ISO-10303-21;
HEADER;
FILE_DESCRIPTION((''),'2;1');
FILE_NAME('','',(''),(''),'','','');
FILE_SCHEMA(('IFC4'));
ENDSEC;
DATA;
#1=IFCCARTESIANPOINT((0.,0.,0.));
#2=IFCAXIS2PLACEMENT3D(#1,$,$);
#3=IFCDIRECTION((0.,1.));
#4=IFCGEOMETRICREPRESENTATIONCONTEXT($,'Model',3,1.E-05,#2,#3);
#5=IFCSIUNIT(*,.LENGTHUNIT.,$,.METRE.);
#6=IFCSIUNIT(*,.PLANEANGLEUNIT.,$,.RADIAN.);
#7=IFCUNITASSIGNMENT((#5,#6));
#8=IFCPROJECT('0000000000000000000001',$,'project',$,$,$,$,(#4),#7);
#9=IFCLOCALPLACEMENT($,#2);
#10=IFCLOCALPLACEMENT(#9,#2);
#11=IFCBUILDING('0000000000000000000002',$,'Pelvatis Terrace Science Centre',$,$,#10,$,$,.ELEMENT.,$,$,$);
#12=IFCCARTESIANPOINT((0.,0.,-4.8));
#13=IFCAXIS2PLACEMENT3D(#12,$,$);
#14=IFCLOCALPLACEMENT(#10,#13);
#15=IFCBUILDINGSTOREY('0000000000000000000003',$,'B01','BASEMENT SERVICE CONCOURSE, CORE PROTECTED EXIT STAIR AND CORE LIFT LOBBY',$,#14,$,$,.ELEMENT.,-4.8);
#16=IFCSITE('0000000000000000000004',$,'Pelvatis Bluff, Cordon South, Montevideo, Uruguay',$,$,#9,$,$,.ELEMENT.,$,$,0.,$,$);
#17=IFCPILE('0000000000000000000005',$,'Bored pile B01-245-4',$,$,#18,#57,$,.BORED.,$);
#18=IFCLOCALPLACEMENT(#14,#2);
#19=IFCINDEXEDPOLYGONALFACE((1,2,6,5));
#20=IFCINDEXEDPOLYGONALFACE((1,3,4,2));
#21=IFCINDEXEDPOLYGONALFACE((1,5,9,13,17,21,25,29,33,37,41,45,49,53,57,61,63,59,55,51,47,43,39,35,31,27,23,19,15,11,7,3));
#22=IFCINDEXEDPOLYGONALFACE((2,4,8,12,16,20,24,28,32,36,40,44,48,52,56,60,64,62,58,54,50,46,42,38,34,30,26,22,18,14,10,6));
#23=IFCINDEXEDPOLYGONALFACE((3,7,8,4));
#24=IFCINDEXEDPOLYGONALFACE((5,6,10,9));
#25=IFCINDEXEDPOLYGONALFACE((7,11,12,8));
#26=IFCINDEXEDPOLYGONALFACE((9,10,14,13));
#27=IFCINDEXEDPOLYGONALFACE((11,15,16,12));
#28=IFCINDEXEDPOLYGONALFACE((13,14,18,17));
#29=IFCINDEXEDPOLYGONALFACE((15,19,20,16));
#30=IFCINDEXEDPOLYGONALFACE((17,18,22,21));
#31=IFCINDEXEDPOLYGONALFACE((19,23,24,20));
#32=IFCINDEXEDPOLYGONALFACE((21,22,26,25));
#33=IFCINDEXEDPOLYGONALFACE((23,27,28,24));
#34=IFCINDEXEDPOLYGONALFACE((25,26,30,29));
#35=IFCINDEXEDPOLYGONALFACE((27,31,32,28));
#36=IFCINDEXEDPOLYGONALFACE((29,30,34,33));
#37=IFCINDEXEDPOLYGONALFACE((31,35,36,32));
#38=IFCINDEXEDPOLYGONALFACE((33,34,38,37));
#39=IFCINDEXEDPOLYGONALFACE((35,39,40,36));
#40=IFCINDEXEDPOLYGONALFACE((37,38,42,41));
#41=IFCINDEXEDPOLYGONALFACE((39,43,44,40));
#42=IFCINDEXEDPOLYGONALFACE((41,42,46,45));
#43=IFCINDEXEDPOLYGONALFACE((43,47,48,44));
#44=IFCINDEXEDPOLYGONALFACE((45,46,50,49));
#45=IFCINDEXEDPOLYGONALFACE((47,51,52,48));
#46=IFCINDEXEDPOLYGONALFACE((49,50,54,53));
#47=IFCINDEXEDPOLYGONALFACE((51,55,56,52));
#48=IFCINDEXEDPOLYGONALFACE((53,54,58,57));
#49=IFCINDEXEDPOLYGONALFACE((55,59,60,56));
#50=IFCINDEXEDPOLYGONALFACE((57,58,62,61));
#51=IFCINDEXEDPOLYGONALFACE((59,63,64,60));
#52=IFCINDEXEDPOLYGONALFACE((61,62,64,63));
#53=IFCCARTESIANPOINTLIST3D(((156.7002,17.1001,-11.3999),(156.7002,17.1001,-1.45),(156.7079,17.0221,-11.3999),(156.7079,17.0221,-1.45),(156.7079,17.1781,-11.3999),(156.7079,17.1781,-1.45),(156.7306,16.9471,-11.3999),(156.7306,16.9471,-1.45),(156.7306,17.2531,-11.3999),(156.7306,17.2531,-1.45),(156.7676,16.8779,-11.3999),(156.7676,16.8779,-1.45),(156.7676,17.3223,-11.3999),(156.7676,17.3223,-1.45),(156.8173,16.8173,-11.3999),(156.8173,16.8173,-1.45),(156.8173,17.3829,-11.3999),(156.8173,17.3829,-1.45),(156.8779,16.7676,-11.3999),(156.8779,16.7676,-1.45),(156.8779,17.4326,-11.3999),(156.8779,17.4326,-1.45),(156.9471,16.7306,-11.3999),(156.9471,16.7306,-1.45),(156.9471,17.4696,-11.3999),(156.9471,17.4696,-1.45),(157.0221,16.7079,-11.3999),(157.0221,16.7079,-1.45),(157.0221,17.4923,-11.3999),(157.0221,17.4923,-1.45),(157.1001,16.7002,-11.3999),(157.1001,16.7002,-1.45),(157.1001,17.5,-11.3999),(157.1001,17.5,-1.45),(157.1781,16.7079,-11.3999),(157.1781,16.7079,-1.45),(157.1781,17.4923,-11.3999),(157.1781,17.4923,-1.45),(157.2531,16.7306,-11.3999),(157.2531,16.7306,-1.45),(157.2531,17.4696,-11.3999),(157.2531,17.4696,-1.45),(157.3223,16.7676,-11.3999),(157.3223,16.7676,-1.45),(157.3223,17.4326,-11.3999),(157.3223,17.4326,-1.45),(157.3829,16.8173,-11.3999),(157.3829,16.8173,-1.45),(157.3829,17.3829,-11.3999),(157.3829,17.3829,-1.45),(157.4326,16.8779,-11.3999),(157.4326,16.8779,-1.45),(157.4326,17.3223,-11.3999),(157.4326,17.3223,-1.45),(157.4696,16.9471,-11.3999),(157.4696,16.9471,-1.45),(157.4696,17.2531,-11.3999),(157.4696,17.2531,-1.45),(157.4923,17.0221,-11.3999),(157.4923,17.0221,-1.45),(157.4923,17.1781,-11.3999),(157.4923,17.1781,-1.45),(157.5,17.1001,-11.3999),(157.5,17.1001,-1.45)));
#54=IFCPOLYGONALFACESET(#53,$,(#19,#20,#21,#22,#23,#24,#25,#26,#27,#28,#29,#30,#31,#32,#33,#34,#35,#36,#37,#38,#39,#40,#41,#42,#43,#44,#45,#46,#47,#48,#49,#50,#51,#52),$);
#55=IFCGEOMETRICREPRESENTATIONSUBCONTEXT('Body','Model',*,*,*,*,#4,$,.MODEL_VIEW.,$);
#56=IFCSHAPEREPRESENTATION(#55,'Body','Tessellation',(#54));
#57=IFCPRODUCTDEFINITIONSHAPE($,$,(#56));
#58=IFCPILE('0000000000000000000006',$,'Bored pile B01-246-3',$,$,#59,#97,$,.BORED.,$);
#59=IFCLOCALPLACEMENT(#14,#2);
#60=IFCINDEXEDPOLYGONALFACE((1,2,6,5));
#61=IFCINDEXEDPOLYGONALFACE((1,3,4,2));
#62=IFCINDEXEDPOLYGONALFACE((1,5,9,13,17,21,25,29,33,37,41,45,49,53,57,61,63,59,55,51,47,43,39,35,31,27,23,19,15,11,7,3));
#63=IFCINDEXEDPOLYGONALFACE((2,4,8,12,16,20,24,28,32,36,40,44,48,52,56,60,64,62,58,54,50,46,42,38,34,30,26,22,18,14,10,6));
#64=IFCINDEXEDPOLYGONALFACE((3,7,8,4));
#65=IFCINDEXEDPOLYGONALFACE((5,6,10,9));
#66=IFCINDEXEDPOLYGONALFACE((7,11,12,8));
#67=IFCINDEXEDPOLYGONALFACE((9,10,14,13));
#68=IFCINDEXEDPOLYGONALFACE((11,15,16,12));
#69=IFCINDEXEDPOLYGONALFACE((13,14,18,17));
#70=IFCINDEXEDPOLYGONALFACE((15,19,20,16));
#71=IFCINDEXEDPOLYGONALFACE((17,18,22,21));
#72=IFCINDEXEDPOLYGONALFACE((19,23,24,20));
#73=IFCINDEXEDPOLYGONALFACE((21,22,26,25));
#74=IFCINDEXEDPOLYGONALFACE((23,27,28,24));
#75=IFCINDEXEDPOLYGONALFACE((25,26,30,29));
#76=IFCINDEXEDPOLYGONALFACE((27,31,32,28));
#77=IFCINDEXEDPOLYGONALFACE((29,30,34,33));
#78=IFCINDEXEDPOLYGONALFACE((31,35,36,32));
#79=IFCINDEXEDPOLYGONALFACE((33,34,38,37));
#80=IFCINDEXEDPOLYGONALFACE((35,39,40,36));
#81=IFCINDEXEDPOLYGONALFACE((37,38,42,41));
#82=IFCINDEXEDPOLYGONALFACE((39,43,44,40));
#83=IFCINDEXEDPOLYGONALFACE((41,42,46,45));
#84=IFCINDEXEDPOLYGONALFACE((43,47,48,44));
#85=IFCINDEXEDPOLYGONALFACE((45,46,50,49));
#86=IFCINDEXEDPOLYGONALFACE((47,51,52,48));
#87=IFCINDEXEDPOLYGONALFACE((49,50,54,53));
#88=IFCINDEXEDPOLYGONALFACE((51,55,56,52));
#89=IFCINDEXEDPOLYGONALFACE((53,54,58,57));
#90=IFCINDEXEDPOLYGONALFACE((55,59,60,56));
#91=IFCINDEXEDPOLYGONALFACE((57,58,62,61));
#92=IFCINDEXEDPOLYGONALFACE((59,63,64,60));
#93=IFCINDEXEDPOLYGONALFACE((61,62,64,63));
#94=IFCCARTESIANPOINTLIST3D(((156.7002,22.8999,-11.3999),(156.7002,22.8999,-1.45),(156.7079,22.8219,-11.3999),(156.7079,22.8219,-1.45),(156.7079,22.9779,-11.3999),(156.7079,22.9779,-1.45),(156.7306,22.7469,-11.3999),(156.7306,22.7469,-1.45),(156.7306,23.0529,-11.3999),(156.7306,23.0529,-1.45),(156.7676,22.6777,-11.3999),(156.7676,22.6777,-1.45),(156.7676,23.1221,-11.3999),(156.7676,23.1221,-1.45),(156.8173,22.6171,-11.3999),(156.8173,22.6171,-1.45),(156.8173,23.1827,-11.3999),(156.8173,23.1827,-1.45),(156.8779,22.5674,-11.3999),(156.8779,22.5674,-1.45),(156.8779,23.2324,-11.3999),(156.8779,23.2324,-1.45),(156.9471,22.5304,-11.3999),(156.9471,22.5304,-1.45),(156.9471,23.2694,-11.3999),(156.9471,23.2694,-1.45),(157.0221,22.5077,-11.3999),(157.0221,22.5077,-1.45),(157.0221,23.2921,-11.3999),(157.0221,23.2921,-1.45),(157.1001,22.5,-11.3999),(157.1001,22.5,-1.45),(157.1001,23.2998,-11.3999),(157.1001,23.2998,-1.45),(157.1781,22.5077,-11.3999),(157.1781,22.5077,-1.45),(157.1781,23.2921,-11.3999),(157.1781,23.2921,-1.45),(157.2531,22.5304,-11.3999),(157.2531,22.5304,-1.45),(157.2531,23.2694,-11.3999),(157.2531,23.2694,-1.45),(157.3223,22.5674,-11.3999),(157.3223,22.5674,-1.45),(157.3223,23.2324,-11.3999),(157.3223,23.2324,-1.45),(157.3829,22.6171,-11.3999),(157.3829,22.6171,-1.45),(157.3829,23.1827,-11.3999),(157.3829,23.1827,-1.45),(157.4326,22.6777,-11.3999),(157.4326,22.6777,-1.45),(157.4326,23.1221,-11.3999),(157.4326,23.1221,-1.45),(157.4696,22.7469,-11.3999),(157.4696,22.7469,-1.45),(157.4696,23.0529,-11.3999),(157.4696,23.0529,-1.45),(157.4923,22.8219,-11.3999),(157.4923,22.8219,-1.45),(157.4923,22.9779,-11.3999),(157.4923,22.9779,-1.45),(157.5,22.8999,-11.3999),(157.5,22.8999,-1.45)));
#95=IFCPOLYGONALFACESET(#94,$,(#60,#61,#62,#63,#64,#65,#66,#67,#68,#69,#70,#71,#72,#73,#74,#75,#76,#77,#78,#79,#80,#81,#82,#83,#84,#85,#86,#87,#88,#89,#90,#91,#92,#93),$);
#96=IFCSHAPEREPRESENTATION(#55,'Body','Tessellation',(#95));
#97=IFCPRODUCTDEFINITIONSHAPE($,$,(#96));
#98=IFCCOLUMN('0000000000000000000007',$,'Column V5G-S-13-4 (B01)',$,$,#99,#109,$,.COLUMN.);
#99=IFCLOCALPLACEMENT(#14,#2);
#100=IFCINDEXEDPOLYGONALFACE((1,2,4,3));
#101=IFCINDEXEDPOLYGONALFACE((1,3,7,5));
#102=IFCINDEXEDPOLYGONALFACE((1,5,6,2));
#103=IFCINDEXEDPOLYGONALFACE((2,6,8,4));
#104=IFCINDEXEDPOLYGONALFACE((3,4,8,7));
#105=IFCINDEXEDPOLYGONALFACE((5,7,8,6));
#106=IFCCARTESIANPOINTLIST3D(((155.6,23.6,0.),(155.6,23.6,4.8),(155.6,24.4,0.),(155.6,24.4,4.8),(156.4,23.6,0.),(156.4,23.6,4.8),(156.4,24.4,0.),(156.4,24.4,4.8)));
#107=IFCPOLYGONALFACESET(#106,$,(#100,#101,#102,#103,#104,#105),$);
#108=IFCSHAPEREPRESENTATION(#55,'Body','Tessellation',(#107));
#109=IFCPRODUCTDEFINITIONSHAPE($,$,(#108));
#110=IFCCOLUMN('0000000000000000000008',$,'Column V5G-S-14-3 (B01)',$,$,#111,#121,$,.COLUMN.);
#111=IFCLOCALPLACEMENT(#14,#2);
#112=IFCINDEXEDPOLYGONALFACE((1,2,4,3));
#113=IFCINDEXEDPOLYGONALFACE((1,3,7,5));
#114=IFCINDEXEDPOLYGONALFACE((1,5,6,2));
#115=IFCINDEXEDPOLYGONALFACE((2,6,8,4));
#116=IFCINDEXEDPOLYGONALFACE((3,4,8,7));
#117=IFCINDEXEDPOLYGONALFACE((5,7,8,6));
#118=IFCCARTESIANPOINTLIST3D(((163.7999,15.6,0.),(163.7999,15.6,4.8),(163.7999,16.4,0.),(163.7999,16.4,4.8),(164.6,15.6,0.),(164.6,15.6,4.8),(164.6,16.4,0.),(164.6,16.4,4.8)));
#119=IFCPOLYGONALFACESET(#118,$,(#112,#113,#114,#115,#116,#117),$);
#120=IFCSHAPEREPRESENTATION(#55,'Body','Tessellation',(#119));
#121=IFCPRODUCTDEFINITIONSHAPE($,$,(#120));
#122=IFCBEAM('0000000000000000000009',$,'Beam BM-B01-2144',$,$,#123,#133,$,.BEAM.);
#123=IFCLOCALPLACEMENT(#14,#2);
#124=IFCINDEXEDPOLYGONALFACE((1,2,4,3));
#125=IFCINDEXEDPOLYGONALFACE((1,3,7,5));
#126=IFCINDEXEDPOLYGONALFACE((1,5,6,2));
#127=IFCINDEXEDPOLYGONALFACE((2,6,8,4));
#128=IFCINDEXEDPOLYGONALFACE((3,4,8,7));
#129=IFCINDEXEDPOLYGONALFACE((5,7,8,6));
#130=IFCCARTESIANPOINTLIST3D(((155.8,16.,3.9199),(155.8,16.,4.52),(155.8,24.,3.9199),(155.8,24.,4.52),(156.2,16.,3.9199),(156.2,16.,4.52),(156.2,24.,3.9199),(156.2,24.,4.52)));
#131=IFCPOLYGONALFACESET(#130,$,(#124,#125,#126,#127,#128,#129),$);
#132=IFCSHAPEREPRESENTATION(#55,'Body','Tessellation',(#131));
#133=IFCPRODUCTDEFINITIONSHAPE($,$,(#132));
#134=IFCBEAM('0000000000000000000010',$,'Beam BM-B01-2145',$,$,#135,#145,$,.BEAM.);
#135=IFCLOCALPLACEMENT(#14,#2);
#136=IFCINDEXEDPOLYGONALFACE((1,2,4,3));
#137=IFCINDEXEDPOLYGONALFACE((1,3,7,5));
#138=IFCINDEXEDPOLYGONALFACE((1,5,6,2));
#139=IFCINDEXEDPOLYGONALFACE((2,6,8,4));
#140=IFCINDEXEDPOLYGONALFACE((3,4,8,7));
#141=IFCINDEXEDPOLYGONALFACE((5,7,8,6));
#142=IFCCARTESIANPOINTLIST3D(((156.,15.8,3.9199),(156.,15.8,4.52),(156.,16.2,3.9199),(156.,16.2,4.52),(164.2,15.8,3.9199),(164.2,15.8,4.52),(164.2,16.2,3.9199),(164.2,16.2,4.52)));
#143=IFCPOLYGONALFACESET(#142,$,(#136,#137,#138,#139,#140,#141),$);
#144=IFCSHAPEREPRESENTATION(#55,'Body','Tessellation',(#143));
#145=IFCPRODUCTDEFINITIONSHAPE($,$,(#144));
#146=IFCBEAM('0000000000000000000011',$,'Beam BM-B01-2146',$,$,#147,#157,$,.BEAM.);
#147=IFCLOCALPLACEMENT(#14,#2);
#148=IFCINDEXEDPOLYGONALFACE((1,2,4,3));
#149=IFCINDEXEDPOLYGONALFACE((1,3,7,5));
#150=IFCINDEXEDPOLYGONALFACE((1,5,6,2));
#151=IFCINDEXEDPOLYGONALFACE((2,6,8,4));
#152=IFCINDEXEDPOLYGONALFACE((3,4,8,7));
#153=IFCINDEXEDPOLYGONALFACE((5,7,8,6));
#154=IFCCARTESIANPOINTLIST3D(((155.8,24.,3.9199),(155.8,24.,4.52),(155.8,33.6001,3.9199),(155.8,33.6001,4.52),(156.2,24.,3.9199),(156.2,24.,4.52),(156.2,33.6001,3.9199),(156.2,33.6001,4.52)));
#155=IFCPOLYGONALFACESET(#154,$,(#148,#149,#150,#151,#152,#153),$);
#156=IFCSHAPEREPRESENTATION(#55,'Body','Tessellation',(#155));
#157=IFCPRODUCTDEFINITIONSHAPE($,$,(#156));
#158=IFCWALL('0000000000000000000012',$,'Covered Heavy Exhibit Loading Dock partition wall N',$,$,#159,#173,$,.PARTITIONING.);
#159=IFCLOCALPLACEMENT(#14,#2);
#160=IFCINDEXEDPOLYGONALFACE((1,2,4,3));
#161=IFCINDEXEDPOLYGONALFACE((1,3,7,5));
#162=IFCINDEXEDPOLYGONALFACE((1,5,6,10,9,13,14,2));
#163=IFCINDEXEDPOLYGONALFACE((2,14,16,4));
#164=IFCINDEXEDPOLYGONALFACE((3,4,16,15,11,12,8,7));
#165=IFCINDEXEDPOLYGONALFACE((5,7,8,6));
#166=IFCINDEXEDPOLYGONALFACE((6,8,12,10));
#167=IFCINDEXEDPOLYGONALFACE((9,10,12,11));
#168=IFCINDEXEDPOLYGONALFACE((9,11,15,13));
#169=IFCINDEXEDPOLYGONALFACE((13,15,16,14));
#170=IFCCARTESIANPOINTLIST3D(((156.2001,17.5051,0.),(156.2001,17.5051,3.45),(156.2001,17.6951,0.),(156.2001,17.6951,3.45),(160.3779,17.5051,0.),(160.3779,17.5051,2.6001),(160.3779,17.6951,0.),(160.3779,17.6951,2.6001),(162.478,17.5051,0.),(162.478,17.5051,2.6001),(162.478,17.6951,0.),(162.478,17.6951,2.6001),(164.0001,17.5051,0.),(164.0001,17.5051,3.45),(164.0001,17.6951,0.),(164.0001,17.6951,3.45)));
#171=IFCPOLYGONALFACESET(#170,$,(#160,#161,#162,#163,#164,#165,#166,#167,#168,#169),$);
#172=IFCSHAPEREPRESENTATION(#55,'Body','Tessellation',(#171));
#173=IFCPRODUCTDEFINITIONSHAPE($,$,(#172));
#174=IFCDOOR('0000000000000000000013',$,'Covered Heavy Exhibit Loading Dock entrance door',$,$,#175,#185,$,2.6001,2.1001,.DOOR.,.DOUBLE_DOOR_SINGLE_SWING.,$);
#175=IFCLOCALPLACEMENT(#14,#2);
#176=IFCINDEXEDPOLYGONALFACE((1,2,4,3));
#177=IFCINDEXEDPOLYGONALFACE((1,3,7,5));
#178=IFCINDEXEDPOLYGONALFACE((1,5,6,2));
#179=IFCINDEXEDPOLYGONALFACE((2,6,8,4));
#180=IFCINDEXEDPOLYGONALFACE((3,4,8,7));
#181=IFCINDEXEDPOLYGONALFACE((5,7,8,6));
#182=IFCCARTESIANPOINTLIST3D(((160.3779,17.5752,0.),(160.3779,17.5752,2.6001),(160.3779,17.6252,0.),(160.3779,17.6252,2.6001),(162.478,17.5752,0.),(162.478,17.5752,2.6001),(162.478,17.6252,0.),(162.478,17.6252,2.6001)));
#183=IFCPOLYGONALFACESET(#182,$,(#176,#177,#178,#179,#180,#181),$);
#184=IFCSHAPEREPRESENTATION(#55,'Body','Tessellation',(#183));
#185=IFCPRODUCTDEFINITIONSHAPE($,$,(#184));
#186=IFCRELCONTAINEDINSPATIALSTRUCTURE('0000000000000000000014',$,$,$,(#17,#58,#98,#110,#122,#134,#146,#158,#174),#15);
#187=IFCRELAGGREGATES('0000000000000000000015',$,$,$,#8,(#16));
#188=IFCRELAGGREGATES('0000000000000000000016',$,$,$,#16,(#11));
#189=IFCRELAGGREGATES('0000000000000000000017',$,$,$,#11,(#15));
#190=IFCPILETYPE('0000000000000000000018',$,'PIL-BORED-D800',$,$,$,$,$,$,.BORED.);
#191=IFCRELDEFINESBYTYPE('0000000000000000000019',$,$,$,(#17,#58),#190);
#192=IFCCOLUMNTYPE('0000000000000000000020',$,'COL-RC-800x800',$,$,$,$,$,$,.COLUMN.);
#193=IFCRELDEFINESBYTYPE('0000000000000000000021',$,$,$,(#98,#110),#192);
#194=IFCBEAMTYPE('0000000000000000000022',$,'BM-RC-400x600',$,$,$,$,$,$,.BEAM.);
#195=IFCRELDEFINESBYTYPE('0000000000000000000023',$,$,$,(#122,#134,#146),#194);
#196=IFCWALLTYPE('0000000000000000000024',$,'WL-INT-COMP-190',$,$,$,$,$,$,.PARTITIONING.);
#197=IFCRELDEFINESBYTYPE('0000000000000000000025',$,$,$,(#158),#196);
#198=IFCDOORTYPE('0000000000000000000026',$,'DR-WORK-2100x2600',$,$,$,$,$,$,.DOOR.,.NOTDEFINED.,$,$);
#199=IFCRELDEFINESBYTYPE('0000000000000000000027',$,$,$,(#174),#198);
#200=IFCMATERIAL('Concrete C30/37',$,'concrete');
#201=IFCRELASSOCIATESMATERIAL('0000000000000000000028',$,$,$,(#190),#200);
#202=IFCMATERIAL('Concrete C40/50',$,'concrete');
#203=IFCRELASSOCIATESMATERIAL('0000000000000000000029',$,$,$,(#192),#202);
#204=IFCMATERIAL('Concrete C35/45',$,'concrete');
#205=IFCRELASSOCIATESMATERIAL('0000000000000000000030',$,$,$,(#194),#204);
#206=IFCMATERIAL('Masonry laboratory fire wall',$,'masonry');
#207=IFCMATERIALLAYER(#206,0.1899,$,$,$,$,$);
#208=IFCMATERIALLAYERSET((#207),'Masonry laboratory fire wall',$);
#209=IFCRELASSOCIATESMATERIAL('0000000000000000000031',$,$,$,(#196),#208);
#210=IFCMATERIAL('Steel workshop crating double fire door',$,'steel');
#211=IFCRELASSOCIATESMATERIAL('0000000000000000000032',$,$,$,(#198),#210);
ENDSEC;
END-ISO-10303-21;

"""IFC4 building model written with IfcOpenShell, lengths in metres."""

from ifc_helpers import new_model, si_unit, direction, frame, frame_2d, origin, origin_2d, place, context, subcontext, project, spatial, rectangle, circle, extrude, material, layer, layer_set, material_profile, profile_set, type_object, element, fill, save


model = new_model("IFC4")

# Units and contexts
model_context = context("Model", 3, precision=1e-05, world=origin(), true_north=direction((0.0, 1.0)))
body_context = subcontext(model_context, "Body", "Model", "MODEL_VIEW")
ifc_project = project(units=[si_unit("LENGTHUNIT", "METRE"), si_unit("PLANEANGLEUNIT", "RADIAN")], contexts=[model_context])

# Site, building, storey
site_placement = place(None, origin())
site = spatial("IfcSite", under=ifc_project, at=site_placement, Name="Pelvatis Bluff, Cordon South, Montevideo, Uruguay", CompositionType="ELEMENT", RefElevation=0.0)
building_placement = place(site_placement, origin())
building = spatial("IfcBuilding", under=site, at=building_placement, Name="Pelvatis Terrace Science Centre", CompositionType="ELEMENT")
storey_placement = place(building_placement, frame((0.0, 0.0, -4.8)))
storey = spatial("IfcBuildingStorey", under=building, at=storey_placement, Name="B01", Description="BASEMENT SERVICE CONCOURSE, CORE PROTECTED EXIT STAIR AND CORE LIFT LOBBY", CompositionType="ELEMENT", Elevation=-4.8)

# Piles
ifc_material_1 = material(Name="Concrete C30/37", Category="concrete")
ifc_material_profile_1 = material_profile(ifc_material_1, circle(Radius=0.3999, at=origin_2d()), Name="PILE D800")
ifc_profile_set_1 = profile_set([ifc_material_profile_1], Name="Concrete C30/37")
pile_type = type_object("IfcPileType", Name="PIL-BORED-D800", PredefinedType="BORED", material=ifc_profile_set_1)
for number, where, z_axis, x_axis, name in (
    (1, (157.1001, 17.1001, -1.45), (0.0, 0.0, -1.0), (1.0, 0.0, 0.0), "Bored pile B01-245-4"),
    (2, (157.1001, 22.8999, -1.45), (0.0, 0.0, -1.0), (1.0, 0.0, 0.0), "Bored pile B01-246-3"),
):
    element("IfcPile", number, at=place(storey_placement, frame(where, z_axis=z_axis, x_axis=x_axis)), inside=storey, type_object=pile_type, Name=name, PredefinedType="BORED", context=body_context, shape_type="SweptSolid", body=[
        extrude(circle(Radius=0.3999, at=origin_2d()), origin(), (0.0, 0.0, 1.0), 9.95),
    ])

# Columns
ifc_material_2 = material(Name="Concrete C40/50", Category="concrete")
ifc_material_profile_2 = material_profile(ifc_material_2, rectangle(XDim=0.8, YDim=0.8, at=origin_2d()), Name="RC-COL 800x800")
ifc_profile_set_2 = profile_set([ifc_material_profile_2], Name="Concrete C40/50")
column_type = type_object("IfcColumnType", Name="COL-RC-800x800", PredefinedType="COLUMN", material=ifc_profile_set_2)
for number, where, z_axis, x_axis, name in (
    (3, (156.0, 24.0, 0.0), (0.0, 0.0, 1.0), (1.0, 0.0, 0.0), "Column V5G-S-13-4 (B01)"),
    (4, (164.2, 16.0, 0.0), (0.0, 0.0, 1.0), (1.0, 0.0, 0.0), "Column V5G-S-14-3 (B01)"),
):
    element("IfcColumn", number, at=place(storey_placement, frame(where, z_axis=z_axis, x_axis=x_axis)), inside=storey, type_object=column_type, Name=name, PredefinedType="COLUMN", context=body_context, shape_type="SweptSolid", body=[
        extrude(rectangle(XDim=0.8, YDim=0.8, at=origin_2d()), origin(), (0.0, 0.0, 1.0), 4.8),
    ])

# Beams
ifc_material_3 = material(Name="Concrete C35/45", Category="concrete")
ifc_material_profile_3 = material_profile(ifc_material_3, rectangle(XDim=0.3999, YDim=0.6001, at=origin_2d()), Name="RC-BM 400x600")
ifc_profile_set_3 = profile_set([ifc_material_profile_3], Name="Concrete C35/45")
beam_type = type_object("IfcBeamType", Name="BM-RC-400x600", PredefinedType="BEAM", material=ifc_profile_set_3)
beam_1_placement = place(storey_placement, frame((156.0, 16.0, 4.22), z_axis=(0.0, 1.0, 0.0), x_axis=(-1.0, 0.0, 0.0)))
element("IfcBeam", 5, at=beam_1_placement, inside=storey, type_object=beam_type, Name="Beam BM-B01-2144", PredefinedType="BEAM", context=body_context, shape_type="SweptSolid", body=[
    extrude(rectangle(XDim=0.3999, YDim=0.6001, at=origin_2d()), origin(), (0.0, 0.0, 1.0), 8.0),
])
beam_2_placement = place(storey_placement, frame((156.0, 16.0, 4.22), z_axis=(1.0, 0.0, 0.0), x_axis=(0.0, 1.0, 0.0)))
element("IfcBeam", 6, at=beam_2_placement, inside=storey, type_object=beam_type, Name="Beam BM-B01-2145", PredefinedType="BEAM", context=body_context, shape_type="SweptSolid", body=[
    extrude(rectangle(XDim=0.3999, YDim=0.6001, at=origin_2d()), origin(), (0.0, 0.0, 1.0), 8.2),
])
beam_3_placement = place(storey_placement, frame((156.0, 24.0, 4.22), z_axis=(0.0, 1.0, 0.0), x_axis=(-1.0, 0.0, 0.0)))
element("IfcBeam", 7, at=beam_3_placement, inside=storey, type_object=beam_type, Name="Beam BM-B01-2146", PredefinedType="BEAM", context=body_context, shape_type="SweptSolid", body=[
    extrude(rectangle(XDim=0.3999, YDim=0.6001, at=origin_2d()), origin(), (0.0, 0.0, 1.0), 9.6001),
])

# Wall, opening, door
ifc_material_4 = material(Name="Masonry laboratory fire wall", Category="masonry")
ifc_layer_1 = layer(ifc_material_4, 0.1899)
ifc_layer_set_1 = layer_set([ifc_layer_1], Name="Masonry laboratory fire wall")
wall_type_1 = type_object("IfcWallType", Name="WL-INT-COMP-190", PredefinedType="PARTITIONING", material=ifc_layer_set_1)
wall_1_placement = place(storey_placement, frame((164.0, 17.6001, 0.0), z_axis=(0.0, 0.0, 1.0), x_axis=(-1.0, 0.0, 0.0)))
wall_1 = element("IfcWall", 8, at=wall_1_placement, inside=storey, type_object=wall_type_1, Name="Covered Heavy Exhibit Loading Dock partition wall N", PredefinedType="PARTITIONING", context=body_context, shape_type="SweptSolid", body=[
    extrude(rectangle(XDim=7.8, YDim=0.1899, at=frame_2d((3.8999, 0.0))), origin(), (0.0, 0.0, 1.0), 3.45),
])
opening_1_placement = place(wall_1_placement, frame((1.522, 0.0, 0.0)))
opening_1 = element("IfcOpeningElement", 9, at=opening_1_placement, cuts=wall_1, PredefinedType="OPENING", context=body_context, shape_type="SweptSolid", body=[
    extrude(rectangle(XDim=2.1001, YDim=2.6001, at=frame_2d((1.05, 1.3))), frame((0.0, 0.105, 0.0), z_axis=(0.0, -1.0, 0.0), x_axis=(1.0, 0.0, 0.0)), (0.0, 0.0, 1.0), 0.21),
])
ifc_material_5 = material(Name="Steel workshop crating double fire door", Category="steel")
door_type = type_object("IfcDoorType", Name="DR-WORK-2100x2600", OperationType="NOTDEFINED", PredefinedType="DOOR", material=ifc_material_5)
door_1_placement = place(opening_1_placement, origin())
door_1 = element("IfcDoor", 10, at=door_1_placement, inside=storey, type_object=door_type, Name="Covered Heavy Exhibit Loading Dock entrance door", OperationType="DOUBLE_DOOR_SINGLE_SWING", OverallHeight=2.6001, OverallWidth=2.1001, PredefinedType="DOOR", context=body_context, shape_type="SweptSolid", body=[
    extrude(rectangle(XDim=2.1001, YDim=2.6001, at=frame_2d((1.05, 1.3))), frame((0.0, 0.0249, 0.0), z_axis=(0.0, -1.0, 0.0), x_axis=(1.0, 0.0, 0.0)), (0.0, 0.0, 1.0), 0.05),
])
fill(opening_1, door_1)

save(model, "model.ifc")
